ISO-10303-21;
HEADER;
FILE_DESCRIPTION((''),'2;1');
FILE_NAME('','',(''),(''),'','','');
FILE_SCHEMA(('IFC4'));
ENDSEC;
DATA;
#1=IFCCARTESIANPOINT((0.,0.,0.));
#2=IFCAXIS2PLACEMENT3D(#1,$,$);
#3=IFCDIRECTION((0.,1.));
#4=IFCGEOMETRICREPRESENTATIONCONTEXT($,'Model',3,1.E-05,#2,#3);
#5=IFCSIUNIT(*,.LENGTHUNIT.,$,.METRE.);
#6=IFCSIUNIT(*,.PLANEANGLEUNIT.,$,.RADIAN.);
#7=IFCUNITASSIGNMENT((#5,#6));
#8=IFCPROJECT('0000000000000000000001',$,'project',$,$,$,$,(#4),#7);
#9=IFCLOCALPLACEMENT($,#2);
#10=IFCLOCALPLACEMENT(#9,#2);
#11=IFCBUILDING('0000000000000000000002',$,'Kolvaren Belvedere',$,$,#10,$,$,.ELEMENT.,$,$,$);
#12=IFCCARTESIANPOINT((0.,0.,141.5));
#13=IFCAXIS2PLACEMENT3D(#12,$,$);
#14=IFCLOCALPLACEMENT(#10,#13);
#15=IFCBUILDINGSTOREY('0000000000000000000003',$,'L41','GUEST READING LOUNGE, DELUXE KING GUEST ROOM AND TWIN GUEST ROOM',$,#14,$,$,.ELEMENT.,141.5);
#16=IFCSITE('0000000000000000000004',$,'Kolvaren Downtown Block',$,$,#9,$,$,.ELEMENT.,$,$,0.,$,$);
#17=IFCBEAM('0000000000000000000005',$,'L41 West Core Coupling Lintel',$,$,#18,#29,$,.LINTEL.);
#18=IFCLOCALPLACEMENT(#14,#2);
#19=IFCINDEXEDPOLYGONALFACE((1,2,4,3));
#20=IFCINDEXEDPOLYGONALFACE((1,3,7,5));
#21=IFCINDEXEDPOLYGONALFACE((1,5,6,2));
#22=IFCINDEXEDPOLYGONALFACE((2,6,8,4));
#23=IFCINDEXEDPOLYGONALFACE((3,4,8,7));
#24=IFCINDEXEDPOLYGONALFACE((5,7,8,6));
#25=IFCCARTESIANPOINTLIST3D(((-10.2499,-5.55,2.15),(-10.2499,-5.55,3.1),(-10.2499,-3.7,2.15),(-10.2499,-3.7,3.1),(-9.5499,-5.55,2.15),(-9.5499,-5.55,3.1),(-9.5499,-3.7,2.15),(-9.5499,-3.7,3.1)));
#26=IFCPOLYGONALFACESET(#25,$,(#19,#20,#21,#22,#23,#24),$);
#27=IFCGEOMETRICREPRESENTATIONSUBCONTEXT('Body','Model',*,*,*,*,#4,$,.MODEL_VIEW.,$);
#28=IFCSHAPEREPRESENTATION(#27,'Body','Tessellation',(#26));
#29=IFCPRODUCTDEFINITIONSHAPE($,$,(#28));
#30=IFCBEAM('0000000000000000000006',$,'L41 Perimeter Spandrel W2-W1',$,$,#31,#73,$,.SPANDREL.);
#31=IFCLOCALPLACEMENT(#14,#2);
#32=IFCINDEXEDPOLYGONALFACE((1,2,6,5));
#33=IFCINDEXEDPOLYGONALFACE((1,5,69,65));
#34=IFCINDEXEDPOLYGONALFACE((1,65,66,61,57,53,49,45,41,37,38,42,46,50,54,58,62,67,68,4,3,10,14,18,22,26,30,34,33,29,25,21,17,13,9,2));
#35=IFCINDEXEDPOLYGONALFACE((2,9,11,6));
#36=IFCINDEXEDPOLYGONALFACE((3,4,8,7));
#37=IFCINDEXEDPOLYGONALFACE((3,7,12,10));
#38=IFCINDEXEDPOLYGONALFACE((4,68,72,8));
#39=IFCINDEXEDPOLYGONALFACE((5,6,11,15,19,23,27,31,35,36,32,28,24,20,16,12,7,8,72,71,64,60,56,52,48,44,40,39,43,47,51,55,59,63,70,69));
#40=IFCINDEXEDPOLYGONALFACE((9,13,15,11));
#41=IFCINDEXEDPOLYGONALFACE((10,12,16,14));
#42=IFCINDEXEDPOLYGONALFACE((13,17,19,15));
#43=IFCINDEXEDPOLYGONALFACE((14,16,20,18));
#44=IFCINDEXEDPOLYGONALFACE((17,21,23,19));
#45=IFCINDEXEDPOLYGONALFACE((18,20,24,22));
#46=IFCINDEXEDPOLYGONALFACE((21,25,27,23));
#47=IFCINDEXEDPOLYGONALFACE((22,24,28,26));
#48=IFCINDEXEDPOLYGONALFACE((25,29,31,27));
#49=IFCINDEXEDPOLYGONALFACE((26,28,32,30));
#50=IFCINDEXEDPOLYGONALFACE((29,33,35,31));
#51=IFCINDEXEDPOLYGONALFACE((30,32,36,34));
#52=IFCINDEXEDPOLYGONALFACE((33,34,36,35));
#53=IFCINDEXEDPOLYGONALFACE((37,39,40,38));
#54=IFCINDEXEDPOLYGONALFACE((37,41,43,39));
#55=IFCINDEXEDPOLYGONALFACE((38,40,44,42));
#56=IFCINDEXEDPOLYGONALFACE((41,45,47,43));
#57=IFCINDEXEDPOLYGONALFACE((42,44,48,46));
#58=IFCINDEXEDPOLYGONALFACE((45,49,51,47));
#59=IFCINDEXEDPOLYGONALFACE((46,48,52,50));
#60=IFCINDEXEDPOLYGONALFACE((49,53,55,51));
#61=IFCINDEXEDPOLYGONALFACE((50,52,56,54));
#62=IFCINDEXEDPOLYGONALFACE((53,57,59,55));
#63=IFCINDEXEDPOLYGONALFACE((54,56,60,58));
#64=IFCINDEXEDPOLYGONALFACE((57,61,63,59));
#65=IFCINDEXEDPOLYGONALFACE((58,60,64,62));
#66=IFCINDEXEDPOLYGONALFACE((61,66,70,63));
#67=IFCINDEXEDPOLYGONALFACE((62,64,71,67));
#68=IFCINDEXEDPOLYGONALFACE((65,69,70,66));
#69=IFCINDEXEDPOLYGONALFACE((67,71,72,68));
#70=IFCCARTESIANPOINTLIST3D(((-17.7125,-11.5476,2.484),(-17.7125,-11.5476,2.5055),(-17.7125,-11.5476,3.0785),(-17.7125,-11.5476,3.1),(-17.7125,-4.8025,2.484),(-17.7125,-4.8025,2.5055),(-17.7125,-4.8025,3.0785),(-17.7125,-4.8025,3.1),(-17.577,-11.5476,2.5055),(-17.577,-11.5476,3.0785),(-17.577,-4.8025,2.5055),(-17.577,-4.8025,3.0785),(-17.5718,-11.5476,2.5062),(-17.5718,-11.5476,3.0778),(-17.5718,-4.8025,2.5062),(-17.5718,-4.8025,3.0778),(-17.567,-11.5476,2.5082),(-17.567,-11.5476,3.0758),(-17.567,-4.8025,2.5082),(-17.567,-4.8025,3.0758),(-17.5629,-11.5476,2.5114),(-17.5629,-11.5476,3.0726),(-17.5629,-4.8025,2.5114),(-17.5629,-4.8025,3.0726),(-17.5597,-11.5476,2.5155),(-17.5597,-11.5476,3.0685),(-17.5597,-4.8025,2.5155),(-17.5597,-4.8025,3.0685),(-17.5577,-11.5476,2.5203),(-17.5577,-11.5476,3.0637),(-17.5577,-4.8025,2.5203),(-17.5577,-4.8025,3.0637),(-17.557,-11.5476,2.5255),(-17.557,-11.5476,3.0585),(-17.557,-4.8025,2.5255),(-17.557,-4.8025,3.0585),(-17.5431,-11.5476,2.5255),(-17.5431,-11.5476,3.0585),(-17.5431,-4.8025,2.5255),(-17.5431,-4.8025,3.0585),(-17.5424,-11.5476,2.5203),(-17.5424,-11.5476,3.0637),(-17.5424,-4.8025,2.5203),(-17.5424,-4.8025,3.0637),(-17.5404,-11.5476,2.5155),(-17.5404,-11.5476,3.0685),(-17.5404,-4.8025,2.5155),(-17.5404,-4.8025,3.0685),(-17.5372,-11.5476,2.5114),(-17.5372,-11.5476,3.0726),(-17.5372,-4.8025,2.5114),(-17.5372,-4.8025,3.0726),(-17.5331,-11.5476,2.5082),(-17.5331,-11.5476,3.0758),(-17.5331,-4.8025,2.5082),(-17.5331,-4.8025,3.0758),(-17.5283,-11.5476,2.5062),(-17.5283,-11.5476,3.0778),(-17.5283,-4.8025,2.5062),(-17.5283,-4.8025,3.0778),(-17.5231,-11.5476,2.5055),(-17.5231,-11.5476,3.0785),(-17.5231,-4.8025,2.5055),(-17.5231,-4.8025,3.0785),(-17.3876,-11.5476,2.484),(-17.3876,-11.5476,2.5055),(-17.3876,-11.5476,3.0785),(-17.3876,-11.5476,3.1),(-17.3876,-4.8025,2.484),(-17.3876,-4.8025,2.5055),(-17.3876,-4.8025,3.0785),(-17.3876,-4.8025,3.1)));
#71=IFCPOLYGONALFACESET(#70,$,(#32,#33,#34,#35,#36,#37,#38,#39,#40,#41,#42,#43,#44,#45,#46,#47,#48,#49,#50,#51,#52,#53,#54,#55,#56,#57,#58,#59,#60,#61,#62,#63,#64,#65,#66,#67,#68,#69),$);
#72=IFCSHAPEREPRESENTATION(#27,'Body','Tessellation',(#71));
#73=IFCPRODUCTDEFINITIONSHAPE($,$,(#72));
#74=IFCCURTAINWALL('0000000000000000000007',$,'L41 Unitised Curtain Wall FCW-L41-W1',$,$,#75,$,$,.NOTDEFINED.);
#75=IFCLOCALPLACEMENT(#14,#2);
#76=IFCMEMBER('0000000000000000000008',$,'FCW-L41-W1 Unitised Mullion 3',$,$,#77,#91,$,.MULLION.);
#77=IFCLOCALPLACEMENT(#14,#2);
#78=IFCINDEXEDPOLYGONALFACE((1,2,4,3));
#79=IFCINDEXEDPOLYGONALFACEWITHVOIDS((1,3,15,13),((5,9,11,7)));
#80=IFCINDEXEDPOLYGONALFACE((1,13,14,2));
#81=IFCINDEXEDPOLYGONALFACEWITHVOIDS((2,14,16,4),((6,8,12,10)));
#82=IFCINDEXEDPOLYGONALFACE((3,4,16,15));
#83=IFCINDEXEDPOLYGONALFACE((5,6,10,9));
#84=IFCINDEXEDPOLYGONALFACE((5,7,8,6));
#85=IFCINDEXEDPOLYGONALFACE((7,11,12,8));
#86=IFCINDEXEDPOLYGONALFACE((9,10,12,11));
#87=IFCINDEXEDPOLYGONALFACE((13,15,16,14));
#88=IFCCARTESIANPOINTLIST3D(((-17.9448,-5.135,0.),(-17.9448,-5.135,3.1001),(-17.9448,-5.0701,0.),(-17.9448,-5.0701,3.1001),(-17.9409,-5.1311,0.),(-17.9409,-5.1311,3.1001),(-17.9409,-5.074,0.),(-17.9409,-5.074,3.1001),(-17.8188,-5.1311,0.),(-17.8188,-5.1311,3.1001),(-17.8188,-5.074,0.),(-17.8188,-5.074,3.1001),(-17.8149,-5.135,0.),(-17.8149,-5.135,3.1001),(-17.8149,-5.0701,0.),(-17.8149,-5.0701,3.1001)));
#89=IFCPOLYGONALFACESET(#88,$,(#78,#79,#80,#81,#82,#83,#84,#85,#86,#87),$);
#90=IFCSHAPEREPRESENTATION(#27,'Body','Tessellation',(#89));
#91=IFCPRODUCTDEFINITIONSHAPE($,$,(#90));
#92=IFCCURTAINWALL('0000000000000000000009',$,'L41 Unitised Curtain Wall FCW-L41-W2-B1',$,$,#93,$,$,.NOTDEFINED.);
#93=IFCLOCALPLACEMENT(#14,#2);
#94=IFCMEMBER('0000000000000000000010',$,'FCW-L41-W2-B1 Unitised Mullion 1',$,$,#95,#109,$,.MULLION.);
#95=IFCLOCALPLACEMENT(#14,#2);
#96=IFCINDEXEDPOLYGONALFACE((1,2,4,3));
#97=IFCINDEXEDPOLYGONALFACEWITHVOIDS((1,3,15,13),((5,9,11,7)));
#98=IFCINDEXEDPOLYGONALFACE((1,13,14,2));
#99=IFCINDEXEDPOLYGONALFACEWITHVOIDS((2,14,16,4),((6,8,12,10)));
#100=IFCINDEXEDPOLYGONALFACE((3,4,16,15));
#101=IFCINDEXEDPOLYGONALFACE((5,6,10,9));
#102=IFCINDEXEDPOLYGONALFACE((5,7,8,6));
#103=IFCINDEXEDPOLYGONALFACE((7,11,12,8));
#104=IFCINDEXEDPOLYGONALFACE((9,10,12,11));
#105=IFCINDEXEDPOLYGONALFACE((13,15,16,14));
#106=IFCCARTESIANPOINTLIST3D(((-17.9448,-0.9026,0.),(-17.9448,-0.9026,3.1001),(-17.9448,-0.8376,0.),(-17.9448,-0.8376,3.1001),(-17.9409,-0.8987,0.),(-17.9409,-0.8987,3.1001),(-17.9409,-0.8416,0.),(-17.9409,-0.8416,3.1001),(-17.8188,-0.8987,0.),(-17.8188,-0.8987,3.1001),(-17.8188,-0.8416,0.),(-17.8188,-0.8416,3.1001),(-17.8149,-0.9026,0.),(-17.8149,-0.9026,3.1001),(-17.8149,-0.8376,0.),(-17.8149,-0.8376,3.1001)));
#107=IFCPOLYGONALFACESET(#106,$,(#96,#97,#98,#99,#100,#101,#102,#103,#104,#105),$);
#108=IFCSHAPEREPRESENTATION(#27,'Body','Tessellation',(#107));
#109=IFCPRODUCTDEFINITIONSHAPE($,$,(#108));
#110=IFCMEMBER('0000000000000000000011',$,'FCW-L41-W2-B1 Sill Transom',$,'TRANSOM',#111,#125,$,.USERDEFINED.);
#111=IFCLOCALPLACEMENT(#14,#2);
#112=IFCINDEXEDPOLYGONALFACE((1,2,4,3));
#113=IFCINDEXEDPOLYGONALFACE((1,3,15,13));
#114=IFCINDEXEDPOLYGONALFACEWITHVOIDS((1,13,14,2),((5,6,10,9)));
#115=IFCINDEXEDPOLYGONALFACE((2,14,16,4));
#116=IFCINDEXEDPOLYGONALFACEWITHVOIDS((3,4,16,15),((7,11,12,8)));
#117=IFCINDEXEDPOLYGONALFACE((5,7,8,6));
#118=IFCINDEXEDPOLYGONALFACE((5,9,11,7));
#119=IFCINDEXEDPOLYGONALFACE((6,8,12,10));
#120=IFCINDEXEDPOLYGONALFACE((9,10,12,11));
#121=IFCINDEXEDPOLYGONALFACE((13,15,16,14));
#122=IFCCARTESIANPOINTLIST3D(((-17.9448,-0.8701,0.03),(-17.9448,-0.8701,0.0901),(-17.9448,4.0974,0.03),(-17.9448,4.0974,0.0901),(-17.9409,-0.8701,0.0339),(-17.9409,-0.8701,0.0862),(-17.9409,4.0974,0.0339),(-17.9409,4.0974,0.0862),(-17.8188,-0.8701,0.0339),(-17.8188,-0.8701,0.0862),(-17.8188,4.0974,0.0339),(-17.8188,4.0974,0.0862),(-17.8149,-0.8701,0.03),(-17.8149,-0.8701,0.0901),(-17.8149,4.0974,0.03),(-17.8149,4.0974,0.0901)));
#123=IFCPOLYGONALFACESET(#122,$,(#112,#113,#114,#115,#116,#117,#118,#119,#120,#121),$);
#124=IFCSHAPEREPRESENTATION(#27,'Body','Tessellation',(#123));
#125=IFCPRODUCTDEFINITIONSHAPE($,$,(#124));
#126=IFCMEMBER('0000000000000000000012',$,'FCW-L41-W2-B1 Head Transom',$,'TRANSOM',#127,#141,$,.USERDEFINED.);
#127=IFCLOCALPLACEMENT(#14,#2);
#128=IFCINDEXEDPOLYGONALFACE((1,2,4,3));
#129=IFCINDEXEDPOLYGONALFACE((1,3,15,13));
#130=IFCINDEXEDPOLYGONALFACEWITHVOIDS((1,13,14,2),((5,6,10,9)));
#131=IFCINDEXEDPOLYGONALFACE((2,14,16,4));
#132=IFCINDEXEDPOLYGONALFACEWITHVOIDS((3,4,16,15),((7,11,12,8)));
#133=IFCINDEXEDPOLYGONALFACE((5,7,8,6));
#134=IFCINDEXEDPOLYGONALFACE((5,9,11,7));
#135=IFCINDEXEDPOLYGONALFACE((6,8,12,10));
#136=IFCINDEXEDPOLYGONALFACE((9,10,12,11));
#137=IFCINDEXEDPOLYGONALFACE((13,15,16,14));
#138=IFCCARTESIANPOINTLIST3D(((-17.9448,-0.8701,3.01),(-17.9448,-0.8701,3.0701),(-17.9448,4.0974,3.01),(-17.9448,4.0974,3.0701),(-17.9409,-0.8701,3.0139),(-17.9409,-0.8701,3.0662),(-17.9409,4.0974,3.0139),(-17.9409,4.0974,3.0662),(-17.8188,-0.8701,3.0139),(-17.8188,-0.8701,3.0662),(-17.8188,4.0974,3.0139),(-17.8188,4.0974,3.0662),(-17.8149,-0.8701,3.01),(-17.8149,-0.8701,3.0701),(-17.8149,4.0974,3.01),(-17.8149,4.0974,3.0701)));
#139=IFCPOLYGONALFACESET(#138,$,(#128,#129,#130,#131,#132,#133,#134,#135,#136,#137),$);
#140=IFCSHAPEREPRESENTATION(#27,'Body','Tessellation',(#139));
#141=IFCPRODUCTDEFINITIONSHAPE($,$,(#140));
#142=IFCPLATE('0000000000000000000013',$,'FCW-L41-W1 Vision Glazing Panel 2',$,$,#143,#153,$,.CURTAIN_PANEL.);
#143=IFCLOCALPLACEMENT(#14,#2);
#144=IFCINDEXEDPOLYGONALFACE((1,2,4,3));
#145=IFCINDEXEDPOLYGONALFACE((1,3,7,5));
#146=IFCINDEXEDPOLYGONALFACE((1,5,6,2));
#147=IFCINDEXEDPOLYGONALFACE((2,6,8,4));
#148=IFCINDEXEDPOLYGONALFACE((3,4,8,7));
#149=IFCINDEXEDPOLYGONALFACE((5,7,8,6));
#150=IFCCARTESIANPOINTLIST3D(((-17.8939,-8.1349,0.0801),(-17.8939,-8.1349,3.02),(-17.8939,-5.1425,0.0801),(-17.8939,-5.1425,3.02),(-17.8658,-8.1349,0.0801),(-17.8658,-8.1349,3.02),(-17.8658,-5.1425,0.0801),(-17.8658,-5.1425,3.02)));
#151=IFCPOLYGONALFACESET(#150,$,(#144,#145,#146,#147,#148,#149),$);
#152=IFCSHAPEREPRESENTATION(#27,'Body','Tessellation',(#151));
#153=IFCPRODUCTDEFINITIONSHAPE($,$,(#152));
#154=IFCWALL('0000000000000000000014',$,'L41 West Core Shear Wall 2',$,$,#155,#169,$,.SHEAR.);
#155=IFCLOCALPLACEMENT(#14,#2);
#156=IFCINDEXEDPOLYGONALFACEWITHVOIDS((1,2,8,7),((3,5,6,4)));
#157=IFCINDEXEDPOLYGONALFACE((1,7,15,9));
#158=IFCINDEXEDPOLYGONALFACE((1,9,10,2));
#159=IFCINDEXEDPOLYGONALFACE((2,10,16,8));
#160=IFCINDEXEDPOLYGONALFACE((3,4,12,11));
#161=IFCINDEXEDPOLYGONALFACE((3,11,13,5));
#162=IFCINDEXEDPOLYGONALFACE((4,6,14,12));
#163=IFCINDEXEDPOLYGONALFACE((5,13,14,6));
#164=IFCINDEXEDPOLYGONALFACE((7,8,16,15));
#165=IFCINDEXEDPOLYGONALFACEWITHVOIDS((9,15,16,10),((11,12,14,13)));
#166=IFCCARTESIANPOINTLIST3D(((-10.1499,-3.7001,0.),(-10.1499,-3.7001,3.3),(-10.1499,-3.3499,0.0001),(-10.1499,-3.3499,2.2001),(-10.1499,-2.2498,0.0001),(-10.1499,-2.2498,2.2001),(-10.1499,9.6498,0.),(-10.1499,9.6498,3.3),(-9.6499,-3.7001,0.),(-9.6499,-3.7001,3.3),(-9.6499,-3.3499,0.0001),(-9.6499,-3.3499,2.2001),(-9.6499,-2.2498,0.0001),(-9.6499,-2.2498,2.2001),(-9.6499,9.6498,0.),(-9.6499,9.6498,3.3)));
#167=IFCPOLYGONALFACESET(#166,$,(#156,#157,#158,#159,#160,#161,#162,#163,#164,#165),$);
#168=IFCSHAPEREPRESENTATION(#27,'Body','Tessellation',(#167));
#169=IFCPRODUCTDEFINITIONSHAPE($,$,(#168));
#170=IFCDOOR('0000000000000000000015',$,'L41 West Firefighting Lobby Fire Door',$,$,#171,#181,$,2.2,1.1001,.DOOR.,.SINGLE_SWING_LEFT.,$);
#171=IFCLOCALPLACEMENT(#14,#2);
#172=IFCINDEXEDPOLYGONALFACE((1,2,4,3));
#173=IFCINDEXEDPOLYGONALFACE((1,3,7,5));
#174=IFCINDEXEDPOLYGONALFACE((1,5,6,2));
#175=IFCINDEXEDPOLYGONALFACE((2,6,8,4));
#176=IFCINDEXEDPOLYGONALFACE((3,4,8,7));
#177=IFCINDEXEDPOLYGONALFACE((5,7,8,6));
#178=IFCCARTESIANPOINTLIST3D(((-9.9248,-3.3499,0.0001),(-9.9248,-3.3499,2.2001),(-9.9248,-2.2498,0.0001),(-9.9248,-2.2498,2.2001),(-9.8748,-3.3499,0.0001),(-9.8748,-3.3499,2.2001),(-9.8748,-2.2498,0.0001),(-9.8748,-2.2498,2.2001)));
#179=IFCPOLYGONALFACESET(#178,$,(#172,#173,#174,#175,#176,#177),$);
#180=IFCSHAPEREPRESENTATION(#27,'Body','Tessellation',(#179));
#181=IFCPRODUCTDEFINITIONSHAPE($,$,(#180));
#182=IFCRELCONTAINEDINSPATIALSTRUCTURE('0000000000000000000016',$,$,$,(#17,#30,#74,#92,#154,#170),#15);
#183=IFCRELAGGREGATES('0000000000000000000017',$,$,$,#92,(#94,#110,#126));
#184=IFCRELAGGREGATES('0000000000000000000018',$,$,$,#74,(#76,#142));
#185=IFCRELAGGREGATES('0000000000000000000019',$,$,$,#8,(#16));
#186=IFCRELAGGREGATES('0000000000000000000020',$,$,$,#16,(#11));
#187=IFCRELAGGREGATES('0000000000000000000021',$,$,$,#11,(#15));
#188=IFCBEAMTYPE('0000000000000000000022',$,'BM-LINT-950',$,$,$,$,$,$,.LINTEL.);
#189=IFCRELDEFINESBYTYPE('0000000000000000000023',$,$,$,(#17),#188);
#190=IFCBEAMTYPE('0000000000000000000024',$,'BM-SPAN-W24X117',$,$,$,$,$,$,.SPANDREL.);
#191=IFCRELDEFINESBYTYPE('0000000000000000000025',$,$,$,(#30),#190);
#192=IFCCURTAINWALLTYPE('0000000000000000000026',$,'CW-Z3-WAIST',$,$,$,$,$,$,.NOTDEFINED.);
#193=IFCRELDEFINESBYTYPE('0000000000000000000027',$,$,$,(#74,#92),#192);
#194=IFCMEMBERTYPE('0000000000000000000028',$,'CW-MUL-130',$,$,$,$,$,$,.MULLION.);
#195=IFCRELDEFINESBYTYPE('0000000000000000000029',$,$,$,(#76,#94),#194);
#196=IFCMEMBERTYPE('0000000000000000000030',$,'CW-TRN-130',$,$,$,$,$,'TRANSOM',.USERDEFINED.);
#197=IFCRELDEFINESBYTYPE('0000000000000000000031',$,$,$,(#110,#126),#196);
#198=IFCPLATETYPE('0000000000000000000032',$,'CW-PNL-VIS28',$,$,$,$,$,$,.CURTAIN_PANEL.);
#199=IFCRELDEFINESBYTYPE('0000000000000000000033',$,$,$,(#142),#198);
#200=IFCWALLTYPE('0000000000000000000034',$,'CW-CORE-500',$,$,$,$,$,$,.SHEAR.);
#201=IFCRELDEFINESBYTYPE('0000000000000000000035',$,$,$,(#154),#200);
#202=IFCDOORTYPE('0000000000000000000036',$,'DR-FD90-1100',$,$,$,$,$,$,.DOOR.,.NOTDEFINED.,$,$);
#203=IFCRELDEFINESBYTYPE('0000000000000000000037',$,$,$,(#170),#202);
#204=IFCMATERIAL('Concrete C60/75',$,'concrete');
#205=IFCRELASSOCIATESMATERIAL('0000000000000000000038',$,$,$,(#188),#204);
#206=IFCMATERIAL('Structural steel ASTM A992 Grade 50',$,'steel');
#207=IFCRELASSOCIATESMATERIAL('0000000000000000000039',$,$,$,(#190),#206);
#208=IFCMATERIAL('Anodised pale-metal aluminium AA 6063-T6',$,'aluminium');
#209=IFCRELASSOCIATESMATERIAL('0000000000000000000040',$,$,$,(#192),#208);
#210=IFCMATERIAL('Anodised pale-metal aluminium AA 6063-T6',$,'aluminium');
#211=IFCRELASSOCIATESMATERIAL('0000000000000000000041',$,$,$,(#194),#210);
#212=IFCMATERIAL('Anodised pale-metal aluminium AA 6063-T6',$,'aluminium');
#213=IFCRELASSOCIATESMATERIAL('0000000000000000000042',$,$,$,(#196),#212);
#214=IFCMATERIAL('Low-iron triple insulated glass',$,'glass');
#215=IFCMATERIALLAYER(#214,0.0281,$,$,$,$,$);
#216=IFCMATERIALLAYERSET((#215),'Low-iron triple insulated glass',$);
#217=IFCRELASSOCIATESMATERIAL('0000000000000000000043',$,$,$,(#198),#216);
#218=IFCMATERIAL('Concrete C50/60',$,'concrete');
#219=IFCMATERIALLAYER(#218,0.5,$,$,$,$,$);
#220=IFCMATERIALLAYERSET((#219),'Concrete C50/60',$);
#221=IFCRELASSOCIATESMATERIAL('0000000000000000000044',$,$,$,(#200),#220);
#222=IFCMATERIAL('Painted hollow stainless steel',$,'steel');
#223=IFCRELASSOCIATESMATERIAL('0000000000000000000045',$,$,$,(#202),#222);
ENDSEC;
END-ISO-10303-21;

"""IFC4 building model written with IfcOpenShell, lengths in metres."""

from ifc_helpers import new_model, si_unit, direction, frame, frame_2d, origin, origin_2d, place, context, subcontext, project, spatial, rectangle, hollow_rectangle, i_section, extrude, material, layer, layer_set, material_profile, profile_set, type_object, element, fill, aggregate, save


model = new_model("IFC4")

# Units and contexts
model_context = context("Model", 3, precision=1e-05, world=origin(), true_north=direction((0.0, 1.0)))
body_context = subcontext(model_context, "Body", "Model", "MODEL_VIEW")
ifc_project = project(units=[si_unit("LENGTHUNIT", "METRE"), si_unit("PLANEANGLEUNIT", "RADIAN")], contexts=[model_context])

# Site, building, storey
site_placement = place(None, origin())
site = spatial("IfcSite", under=ifc_project, at=site_placement, Name="Kolvaren Downtown Block", CompositionType="ELEMENT", RefElevation=0.0)
building_placement = place(site_placement, origin())
building = spatial("IfcBuilding", under=site, at=building_placement, Name="Kolvaren Belvedere", CompositionType="ELEMENT")
storey_placement = place(building_placement, frame((0.0, 0.0, 141.5)))
storey = spatial("IfcBuildingStorey", under=building, at=storey_placement, Name="L41", Description="GUEST READING LOUNGE, DELUXE KING GUEST ROOM AND TWIN GUEST ROOM", CompositionType="ELEMENT", Elevation=141.5)

# Beams
ifc_material_1 = material(Name="Concrete C60/75", Category="concrete")
ifc_material_profile_1 = material_profile(ifc_material_1, rectangle(XDim=0.7, YDim=0.95, at=origin_2d()), Name="RC 700X950")
ifc_profile_set_1 = profile_set([ifc_material_profile_1], Name="Concrete C60/75")
beam_type_1 = type_object("IfcBeamType", Name="BM-LINT-950", PredefinedType="LINTEL", material=ifc_profile_set_1)
beam_1_placement = place(storey_placement, frame((-9.8999, -5.55, 2.625), z_axis=(0.0, 1.0, 0.0), x_axis=(-1.0, 0.0, 0.0)))
element("IfcBeam", 1, at=beam_1_placement, inside=storey, type_object=beam_type_1, Name="L41 West Core Coupling Lintel", PredefinedType="LINTEL", context=body_context, shape_type="SweptSolid", body=[
    extrude(rectangle(XDim=0.7, YDim=0.95, at=origin_2d()), origin(), (0.0, 0.0, 1.0), 1.8501),
])
ifc_material_2 = material(Name="Structural steel ASTM A992 Grade 50", Category="steel")
ifc_material_profile_2 = material_profile(ifc_material_2, i_section(OverallWidth=0.325, OverallDepth=0.616, WebThickness=0.0139, FlangeThickness=0.0215, FilletRadius=0.02, at=origin_2d()), Name="W24X117")
ifc_profile_set_2 = profile_set([ifc_material_profile_2], Name="Structural steel ASTM A992 Grade 50")
beam_type_2 = type_object("IfcBeamType", Name="BM-SPAN-W24X117", PredefinedType="SPANDREL", material=ifc_profile_set_2)
beam_2_placement = place(storey_placement, frame((-17.55, -4.8025, 2.792), z_axis=(0.0, -1.0, 0.0), x_axis=(1.0, 0.0, 0.0)))
element("IfcBeam", 2, at=beam_2_placement, inside=storey, type_object=beam_type_2, Name="L41 Perimeter Spandrel W2-W1", PredefinedType="SPANDREL", context=body_context, shape_type="SweptSolid", body=[
    extrude(i_section(OverallWidth=0.325, OverallDepth=0.616, WebThickness=0.0139, FlangeThickness=0.0215, FilletRadius=0.02, at=origin_2d()), origin(), (0.0, 0.0, 1.0), 6.7451),
])

# Curtain wall, member
ifc_material_3 = material(Name="Anodised pale-metal aluminium AA 6063-T6", Category="aluminium")
curtain_wall_type = type_object("IfcCurtainWallType", Name="CW-Z3-WAIST", PredefinedType="NOTDEFINED", material=ifc_material_3)
curtain_wall_1_placement = place(storey_placement, origin())
curtain_wall_1 = element("IfcCurtainWall", 3, at=curtain_wall_1_placement, inside=storey, type_object=curtain_wall_type, Name="L41 Unitised Curtain Wall FCW-L41-W1", PredefinedType="NOTDEFINED")
ifc_material_4 = material(Name="Anodised pale-metal aluminium AA 6063-T6", Category="aluminium")
ifc_material_profile_3 = material_profile(ifc_material_4, hollow_rectangle(XDim=0.0649, YDim=0.1299, WallThickness=0.0039, at=origin_2d()), Name="ALU-MUL-130X65")
ifc_profile_set_3 = profile_set([ifc_material_profile_3], Name="Anodised pale-metal aluminium AA 6063-T6")
member_type_1 = type_object("IfcMemberType", Name="CW-MUL-130", PredefinedType="MULLION", material=ifc_profile_set_3)
member_1_placement = place(storey_placement, frame((-17.8799, -5.1025, 0.0), z_axis=(0.0, 0.0, 1.0), x_axis=(0.0, 1.0, 0.0)))
member_1 = element("IfcMember", 4, at=member_1_placement, type_object=member_type_1, Name="FCW-L41-W1 Unitised Mullion 3", PredefinedType="MULLION", context=body_context, shape_type="SweptSolid", body=[
    extrude(hollow_rectangle(XDim=0.0649, YDim=0.1299, WallThickness=0.0039, at=origin_2d()), origin(), (0.0, 0.0, 1.0), 3.1001),
])

# Curtain wall, members
curtain_wall_2_placement = place(storey_placement, origin())
curtain_wall_2 = element("IfcCurtainWall", 5, at=curtain_wall_2_placement, inside=storey, type_object=curtain_wall_type, Name="L41 Unitised Curtain Wall FCW-L41-W2-B1", PredefinedType="NOTDEFINED")
member_2_placement = place(storey_placement, frame((-17.8799, -0.8701, 0.0), z_axis=(0.0, 0.0, 1.0), x_axis=(0.0, 1.0, 0.0)))
member_2 = element("IfcMember", 6, at=member_2_placement, type_object=member_type_1, Name="FCW-L41-W2-B1 Unitised Mullion 1", PredefinedType="MULLION", context=body_context, shape_type="SweptSolid", body=[
    extrude(hollow_rectangle(XDim=0.0649, YDim=0.1299, WallThickness=0.0039, at=origin_2d()), origin(), (0.0, 0.0, 1.0), 3.1001),
])
ifc_material_5 = material(Name="Anodised pale-metal aluminium AA 6063-T6", Category="aluminium")
ifc_material_profile_4 = material_profile(ifc_material_5, hollow_rectangle(XDim=0.0601, YDim=0.1299, WallThickness=0.0039, at=origin_2d()), Name="ALU-TRN-130X60")
ifc_profile_set_4 = profile_set([ifc_material_profile_4], Name="Anodised pale-metal aluminium AA 6063-T6")
member_type_2 = type_object("IfcMemberType", Name="CW-TRN-130", ElementType="TRANSOM", PredefinedType="USERDEFINED", material=ifc_profile_set_4)
member_3_placement = place(storey_placement, frame((-17.8799, -0.8701, 0.0601), z_axis=(0.0, 1.0, 0.0), x_axis=(0.0, 0.0, 1.0)))
member_3 = element("IfcMember", 7, at=member_3_placement, type_object=member_type_2, Name="FCW-L41-W2-B1 Sill Transom", ObjectType="TRANSOM", PredefinedType="USERDEFINED", context=body_context, shape_type="SweptSolid", body=[
    extrude(hollow_rectangle(XDim=0.0601, YDim=0.1299, WallThickness=0.0039, at=origin_2d()), origin(), (0.0, 0.0, 1.0), 4.9675),
])
member_4_placement = place(storey_placement, frame((-17.8799, -0.8701, 3.04), z_axis=(0.0, 1.0, 0.0), x_axis=(0.0, 0.0, 1.0)))
member_4 = element("IfcMember", 8, at=member_4_placement, type_object=member_type_2, Name="FCW-L41-W2-B1 Head Transom", ObjectType="TRANSOM", PredefinedType="USERDEFINED", context=body_context, shape_type="SweptSolid", body=[
    extrude(hollow_rectangle(XDim=0.0601, YDim=0.1299, WallThickness=0.0039, at=origin_2d()), origin(), (0.0, 0.0, 1.0), 4.9675),
])
aggregate(curtain_wall_2, [member_2, member_3, member_4])

# Plate
ifc_material_6 = material(Name="Low-iron triple insulated glass", Category="glass")
ifc_layer_1 = layer(ifc_material_6, 0.0281)
ifc_layer_set_1 = layer_set([ifc_layer_1], Name="Low-iron triple insulated glass")
plate_type = type_object("IfcPlateType", Name="CW-PNL-VIS28", PredefinedType="CURTAIN_PANEL", material=ifc_layer_set_1)
plate_placement = place(storey_placement, frame((-17.8799, -6.6387, 0.0801), z_axis=(0.0, 0.0, 1.0), x_axis=(0.0, 1.0, 0.0)))
plate = element("IfcPlate", 9, at=plate_placement, type_object=plate_type, Name="FCW-L41-W1 Vision Glazing Panel 2", PredefinedType="CURTAIN_PANEL", context=body_context, shape_type="SweptSolid", body=[
    extrude(rectangle(XDim=2.9924, YDim=0.0281, at=origin_2d()), origin(), (0.0, 0.0, 1.0), 2.9399),
])
aggregate(curtain_wall_1, [member_1, plate])

# Wall, opening, door
ifc_material_7 = material(Name="Concrete C50/60", Category="concrete")
ifc_layer_2 = layer(ifc_material_7, 0.5)
ifc_layer_set_2 = layer_set([ifc_layer_2], Name="Concrete C50/60")
wall_type_1 = type_object("IfcWallType", Name="CW-CORE-500", PredefinedType="SHEAR", material=ifc_layer_set_2)
wall_1_placement = place(storey_placement, frame((-9.8999, -3.7, 0.0), z_axis=(0.0, 0.0, 1.0), x_axis=(0.0, 1.0, 0.0)))
wall_1 = element("IfcWall", 10, at=wall_1_placement, inside=storey, type_object=wall_type_1, Name="L41 West Core Shear Wall 2", PredefinedType="SHEAR", context=body_context, shape_type="SweptSolid", body=[
    extrude(rectangle(XDim=13.3499, YDim=0.5, at=frame_2d((6.6748, 0.0))), origin(), (0.0, 0.0, 1.0), 3.3),
])
opening_1_placement = place(wall_1_placement, frame((0.3501, 0.0, 0.0)))
opening_1 = element("IfcOpeningElement", 11, at=opening_1_placement, cuts=wall_1, PredefinedType="OPENING", context=body_context, shape_type="SweptSolid", body=[
    extrude(rectangle(XDim=1.1001, YDim=2.2, at=frame_2d((0.55, 1.1001))), frame((0.0, 0.26, 0.0), z_axis=(0.0, -1.0, 0.0), x_axis=(1.0, 0.0, 0.0)), (0.0, 0.0, 1.0), 0.52),
])
ifc_material_8 = material(Name="Painted hollow stainless steel", Category="steel")
door_type_1 = type_object("IfcDoorType", Name="DR-FD90-1100", OperationType="NOTDEFINED", PredefinedType="DOOR", material=ifc_material_8)
door_1_placement = place(opening_1_placement, origin())
door_1 = element("IfcDoor", 12, at=door_1_placement, inside=storey, type_object=door_type_1, Name="L41 West Firefighting Lobby Fire Door", OperationType="SINGLE_SWING_LEFT", OverallHeight=2.2, OverallWidth=1.1001, PredefinedType="DOOR", context=body_context, shape_type="SweptSolid", body=[
    extrude(rectangle(XDim=1.1001, YDim=2.2, at=frame_2d((0.55, 1.1001))), frame((0.0, 0.0249, 0.0), z_axis=(0.0, -1.0, 0.0), x_axis=(1.0, 0.0, 0.0)), (0.0, 0.0, 1.0), 0.05),
])
fill(opening_1, door_1)

save(model, "model.ifc")
